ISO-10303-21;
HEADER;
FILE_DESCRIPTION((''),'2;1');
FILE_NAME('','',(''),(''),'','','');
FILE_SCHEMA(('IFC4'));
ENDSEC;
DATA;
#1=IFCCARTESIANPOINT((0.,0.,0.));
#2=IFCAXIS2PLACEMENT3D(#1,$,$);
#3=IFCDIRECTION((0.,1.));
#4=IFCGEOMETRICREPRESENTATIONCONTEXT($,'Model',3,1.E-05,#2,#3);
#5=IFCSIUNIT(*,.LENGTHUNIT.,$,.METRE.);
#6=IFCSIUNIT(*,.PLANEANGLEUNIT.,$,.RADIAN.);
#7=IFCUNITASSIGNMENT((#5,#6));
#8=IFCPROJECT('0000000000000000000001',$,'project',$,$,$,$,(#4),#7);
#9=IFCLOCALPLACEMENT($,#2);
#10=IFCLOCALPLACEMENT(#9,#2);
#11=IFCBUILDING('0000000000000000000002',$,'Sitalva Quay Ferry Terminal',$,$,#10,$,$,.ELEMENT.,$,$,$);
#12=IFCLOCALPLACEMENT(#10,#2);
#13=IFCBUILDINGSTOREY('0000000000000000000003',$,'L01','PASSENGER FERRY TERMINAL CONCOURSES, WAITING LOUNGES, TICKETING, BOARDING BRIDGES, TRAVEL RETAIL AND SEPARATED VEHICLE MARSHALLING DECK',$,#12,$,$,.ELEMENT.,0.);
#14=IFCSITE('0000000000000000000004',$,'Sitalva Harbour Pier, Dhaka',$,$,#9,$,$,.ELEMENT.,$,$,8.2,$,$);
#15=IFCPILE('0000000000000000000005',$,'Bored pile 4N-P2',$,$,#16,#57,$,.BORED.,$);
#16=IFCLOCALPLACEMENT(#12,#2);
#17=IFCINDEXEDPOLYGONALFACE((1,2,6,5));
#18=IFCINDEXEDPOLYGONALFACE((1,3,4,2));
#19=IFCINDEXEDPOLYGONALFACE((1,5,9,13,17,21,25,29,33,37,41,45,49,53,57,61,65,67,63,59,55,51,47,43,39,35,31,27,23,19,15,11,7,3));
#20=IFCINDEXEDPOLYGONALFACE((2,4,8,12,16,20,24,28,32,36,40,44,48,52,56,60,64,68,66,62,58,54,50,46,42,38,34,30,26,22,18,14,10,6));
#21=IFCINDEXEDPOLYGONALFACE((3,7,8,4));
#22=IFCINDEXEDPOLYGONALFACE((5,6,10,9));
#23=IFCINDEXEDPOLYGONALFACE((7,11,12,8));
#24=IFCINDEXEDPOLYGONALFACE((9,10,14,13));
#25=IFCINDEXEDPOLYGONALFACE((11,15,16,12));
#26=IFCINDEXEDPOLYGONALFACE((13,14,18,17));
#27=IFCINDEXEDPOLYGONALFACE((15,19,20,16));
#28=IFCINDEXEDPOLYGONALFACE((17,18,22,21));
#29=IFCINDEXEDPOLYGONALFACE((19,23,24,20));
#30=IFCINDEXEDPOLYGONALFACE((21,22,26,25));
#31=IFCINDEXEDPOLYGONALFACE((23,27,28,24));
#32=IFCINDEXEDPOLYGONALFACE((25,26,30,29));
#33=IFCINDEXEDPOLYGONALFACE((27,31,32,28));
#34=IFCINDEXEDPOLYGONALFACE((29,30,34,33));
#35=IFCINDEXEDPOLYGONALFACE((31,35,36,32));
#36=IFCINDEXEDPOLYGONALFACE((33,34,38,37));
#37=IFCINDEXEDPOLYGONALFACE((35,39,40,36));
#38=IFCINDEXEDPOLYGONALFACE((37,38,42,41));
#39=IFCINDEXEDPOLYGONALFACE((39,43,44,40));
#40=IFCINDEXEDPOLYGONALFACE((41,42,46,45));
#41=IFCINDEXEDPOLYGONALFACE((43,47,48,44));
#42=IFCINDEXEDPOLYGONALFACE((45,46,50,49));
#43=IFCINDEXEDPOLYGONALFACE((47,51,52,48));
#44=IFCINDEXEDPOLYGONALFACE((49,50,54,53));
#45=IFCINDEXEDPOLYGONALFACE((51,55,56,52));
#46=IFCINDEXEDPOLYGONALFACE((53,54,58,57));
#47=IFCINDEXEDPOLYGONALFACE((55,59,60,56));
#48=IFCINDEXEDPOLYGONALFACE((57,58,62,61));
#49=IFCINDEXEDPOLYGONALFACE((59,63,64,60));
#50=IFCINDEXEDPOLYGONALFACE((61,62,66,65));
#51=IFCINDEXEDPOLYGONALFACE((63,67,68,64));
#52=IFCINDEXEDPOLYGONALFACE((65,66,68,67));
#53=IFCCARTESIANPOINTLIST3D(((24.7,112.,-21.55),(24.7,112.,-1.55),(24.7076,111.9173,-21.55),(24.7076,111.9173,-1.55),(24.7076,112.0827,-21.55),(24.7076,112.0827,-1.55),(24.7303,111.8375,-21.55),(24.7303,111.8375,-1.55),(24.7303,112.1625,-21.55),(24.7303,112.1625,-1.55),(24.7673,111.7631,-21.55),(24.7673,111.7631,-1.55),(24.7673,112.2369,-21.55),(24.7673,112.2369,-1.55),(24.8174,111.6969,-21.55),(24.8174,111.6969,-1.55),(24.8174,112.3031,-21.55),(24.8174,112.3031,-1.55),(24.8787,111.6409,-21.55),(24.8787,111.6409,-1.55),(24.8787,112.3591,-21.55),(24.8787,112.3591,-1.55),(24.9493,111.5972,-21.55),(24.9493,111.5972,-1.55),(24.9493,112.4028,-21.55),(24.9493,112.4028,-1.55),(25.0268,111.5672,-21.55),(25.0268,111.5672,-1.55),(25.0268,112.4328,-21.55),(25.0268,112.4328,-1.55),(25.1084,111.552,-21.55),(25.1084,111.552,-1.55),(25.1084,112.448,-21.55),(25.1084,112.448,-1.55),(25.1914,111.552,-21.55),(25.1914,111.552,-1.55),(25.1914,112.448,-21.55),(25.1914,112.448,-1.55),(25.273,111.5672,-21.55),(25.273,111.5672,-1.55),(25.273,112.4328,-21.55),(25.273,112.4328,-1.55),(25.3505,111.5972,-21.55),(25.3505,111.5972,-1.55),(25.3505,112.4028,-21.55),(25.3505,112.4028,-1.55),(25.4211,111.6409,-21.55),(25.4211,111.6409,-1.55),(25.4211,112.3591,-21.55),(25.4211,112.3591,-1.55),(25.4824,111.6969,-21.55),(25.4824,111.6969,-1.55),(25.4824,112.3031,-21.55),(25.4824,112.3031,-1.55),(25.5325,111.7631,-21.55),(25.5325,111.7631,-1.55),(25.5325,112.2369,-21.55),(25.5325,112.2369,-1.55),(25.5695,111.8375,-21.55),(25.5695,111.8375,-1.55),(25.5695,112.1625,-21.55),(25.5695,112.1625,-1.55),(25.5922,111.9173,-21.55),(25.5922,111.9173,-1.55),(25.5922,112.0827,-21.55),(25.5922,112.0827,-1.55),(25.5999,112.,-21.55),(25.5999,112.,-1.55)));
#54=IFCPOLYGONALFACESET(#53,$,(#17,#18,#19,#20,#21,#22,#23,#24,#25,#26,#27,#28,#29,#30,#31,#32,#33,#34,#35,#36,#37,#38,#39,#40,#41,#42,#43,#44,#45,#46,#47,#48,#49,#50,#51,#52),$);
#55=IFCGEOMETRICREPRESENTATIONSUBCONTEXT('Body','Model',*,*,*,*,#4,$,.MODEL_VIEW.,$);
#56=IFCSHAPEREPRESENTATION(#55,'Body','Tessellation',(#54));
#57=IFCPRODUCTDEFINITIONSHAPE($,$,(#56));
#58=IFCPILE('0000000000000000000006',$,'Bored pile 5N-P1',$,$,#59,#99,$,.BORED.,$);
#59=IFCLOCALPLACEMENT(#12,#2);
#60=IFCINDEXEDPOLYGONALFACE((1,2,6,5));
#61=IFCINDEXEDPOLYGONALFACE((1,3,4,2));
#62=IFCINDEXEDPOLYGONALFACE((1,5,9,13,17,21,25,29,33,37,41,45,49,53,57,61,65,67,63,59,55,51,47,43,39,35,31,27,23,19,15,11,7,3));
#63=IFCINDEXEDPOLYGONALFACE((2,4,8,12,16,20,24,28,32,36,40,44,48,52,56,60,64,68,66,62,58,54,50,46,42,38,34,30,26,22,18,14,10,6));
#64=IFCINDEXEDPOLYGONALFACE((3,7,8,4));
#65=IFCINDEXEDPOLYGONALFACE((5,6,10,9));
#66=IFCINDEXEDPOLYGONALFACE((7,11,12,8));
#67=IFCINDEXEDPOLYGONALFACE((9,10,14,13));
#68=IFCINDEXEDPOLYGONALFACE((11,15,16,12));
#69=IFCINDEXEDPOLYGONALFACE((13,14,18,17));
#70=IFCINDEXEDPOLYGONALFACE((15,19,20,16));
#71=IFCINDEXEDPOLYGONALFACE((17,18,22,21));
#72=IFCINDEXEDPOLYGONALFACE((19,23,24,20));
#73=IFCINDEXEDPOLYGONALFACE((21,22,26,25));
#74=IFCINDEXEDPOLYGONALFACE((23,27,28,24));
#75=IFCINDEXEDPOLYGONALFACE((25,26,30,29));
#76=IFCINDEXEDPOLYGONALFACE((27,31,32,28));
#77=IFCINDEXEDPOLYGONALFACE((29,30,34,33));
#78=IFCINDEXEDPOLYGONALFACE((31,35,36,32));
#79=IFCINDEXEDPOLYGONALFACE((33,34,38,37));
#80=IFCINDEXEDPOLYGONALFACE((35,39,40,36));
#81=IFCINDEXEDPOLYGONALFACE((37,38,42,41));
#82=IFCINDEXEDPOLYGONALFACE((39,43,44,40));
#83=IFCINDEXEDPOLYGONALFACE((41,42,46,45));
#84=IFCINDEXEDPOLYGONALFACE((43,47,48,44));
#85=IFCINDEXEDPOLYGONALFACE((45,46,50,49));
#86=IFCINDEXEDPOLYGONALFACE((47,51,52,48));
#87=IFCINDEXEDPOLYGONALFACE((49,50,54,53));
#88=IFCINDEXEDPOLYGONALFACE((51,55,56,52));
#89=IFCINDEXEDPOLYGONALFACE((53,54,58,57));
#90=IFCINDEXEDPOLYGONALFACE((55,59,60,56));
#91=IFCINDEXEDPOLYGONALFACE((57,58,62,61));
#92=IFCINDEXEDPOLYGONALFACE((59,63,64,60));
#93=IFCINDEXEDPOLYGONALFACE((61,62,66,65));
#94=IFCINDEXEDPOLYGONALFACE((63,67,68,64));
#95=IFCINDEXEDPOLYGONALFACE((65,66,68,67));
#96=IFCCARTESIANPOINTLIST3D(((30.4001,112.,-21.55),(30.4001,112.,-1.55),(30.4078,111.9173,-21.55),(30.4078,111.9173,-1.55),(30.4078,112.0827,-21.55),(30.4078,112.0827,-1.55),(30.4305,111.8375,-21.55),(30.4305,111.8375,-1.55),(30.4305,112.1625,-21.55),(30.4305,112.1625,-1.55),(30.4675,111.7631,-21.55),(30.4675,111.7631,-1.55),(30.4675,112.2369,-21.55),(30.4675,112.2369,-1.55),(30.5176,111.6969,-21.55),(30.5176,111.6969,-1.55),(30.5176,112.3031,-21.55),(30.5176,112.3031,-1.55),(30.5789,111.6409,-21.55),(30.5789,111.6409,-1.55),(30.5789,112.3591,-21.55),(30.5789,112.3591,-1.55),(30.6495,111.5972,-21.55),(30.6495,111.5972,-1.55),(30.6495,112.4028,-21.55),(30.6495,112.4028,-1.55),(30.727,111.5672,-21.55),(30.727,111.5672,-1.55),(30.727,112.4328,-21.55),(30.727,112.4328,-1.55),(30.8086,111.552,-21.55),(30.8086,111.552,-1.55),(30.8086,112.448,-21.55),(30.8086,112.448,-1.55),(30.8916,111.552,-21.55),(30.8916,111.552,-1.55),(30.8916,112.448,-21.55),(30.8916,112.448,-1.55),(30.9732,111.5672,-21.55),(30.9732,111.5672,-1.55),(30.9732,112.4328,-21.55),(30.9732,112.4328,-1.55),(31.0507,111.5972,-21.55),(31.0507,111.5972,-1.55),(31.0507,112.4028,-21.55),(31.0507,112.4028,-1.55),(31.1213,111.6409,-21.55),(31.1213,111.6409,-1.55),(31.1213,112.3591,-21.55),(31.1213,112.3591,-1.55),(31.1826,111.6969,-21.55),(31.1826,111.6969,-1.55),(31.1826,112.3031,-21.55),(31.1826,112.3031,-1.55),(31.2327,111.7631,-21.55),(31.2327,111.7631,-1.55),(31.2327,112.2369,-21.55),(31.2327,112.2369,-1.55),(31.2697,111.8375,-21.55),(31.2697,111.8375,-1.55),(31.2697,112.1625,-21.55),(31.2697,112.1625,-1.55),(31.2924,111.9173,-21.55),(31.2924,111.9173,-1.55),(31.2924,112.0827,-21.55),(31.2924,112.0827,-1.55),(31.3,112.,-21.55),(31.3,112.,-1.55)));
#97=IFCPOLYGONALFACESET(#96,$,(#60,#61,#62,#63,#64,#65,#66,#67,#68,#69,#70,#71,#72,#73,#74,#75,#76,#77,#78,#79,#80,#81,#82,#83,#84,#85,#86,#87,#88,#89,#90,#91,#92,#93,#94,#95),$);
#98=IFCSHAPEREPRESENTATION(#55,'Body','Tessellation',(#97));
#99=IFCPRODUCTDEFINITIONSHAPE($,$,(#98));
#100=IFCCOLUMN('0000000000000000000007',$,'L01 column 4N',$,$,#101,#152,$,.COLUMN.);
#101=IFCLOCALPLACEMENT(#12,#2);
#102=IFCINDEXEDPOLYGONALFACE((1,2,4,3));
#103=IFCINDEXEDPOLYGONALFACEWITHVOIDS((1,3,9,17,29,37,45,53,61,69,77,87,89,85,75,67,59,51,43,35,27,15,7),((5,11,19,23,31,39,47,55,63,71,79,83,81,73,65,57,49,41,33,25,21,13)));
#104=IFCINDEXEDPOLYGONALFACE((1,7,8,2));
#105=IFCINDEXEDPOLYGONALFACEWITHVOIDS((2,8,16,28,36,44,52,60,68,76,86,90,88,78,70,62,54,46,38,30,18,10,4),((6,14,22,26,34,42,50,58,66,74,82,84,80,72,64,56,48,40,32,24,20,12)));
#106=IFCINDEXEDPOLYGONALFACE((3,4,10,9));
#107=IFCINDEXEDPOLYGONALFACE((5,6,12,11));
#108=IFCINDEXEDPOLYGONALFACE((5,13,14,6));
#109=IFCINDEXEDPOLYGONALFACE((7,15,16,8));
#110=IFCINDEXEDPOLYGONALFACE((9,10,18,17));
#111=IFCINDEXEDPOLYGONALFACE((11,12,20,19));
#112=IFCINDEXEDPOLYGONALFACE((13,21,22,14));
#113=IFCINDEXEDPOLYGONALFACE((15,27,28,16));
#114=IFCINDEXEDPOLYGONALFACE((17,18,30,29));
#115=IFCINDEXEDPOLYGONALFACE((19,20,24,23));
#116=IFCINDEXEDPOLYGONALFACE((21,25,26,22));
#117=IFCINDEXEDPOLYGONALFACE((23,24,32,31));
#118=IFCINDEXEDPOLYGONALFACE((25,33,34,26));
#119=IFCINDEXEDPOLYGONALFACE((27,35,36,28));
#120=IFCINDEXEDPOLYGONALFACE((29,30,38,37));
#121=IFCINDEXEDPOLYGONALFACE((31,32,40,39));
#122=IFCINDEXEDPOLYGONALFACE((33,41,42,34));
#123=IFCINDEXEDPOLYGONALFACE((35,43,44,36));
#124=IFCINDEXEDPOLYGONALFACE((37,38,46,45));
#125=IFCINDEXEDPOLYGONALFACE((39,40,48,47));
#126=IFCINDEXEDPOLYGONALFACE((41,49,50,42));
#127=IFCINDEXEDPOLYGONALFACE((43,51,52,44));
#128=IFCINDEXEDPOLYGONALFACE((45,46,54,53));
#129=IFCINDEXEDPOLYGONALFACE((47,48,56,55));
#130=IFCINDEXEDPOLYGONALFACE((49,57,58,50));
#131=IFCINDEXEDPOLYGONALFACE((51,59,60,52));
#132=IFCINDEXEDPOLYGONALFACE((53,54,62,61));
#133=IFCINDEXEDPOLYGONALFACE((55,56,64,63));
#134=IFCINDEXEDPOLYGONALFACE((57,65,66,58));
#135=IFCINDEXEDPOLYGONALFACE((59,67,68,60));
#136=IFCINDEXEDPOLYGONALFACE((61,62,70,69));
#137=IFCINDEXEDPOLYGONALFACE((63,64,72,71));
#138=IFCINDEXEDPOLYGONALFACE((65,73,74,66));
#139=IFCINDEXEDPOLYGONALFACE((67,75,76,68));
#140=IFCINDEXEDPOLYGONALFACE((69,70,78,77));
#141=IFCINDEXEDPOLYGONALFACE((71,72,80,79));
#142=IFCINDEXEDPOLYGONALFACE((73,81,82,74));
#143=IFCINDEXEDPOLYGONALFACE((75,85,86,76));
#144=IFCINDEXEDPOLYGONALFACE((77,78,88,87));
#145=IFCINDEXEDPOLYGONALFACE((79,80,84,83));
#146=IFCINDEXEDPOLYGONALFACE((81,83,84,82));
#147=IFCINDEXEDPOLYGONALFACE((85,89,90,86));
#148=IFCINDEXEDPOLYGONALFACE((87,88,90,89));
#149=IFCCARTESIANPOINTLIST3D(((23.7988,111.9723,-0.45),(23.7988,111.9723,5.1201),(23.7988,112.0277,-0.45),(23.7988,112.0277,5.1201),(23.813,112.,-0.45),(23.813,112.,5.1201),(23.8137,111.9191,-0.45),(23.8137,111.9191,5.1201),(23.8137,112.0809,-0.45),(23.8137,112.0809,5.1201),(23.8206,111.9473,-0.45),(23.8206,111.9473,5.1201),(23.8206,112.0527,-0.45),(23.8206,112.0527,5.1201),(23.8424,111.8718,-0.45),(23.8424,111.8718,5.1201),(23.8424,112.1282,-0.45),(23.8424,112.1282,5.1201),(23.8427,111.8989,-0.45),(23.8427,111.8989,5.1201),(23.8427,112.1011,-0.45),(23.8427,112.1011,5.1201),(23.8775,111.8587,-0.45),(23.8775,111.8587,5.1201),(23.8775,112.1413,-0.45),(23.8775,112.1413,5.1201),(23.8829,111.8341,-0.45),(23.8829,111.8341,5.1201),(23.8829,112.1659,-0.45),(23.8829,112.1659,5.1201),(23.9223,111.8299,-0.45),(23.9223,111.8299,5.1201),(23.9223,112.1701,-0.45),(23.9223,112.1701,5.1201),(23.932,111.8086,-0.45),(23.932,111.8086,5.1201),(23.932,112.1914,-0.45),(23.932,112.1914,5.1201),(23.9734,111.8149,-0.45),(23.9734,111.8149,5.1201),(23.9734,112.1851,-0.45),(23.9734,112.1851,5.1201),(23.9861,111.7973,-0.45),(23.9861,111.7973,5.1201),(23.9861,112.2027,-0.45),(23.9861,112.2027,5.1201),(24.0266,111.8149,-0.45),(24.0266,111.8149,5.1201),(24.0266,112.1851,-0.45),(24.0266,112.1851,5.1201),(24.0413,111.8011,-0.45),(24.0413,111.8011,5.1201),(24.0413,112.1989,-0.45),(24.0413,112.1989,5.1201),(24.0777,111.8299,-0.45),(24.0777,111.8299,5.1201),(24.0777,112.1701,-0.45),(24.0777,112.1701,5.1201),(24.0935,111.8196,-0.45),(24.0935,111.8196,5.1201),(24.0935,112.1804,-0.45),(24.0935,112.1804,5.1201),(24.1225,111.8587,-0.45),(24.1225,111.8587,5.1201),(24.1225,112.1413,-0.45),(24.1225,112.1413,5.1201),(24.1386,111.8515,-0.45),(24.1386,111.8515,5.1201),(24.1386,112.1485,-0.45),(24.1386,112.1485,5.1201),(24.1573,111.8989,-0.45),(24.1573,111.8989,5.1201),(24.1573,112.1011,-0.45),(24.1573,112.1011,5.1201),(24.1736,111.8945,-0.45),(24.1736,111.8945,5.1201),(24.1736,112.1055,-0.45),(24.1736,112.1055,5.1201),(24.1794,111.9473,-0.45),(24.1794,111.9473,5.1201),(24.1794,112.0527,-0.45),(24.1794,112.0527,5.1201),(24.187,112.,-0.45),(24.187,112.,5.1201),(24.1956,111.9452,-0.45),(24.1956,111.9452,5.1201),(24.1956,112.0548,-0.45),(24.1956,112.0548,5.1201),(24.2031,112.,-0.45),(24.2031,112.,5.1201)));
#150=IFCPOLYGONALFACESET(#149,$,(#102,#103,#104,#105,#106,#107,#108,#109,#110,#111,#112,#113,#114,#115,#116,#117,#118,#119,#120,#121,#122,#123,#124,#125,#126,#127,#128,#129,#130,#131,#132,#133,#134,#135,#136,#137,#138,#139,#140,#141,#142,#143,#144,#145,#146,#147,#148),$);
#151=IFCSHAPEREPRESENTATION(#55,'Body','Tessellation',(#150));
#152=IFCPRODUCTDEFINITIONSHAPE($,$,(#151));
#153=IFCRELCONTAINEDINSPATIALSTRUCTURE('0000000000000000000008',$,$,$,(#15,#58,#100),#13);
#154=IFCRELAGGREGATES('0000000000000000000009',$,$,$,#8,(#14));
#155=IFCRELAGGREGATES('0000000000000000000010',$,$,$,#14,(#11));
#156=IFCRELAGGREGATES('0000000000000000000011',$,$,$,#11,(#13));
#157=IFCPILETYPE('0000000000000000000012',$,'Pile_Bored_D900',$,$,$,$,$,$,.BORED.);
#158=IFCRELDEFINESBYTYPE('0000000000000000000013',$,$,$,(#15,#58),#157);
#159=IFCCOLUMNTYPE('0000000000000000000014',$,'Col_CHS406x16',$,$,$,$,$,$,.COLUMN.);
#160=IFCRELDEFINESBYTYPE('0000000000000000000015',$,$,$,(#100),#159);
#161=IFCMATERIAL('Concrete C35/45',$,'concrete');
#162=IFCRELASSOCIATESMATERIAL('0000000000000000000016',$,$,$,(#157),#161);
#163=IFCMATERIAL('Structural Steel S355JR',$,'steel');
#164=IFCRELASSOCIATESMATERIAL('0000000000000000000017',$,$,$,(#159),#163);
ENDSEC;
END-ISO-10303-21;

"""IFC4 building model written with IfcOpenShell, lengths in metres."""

from ifc_helpers import new_model, si_unit, direction, frame, origin, origin_2d, place, context, subcontext, project, spatial, circle, hollow_circle, extrude, material, material_profile, profile_set, type_object, element, save


model = new_model("IFC4")

# Units and contexts
model_context = context("Model", 3, precision=1e-05, world=origin(), true_north=direction((0.0, 1.0)))
body_context = subcontext(model_context, "Body", "Model", "MODEL_VIEW")
ifc_project = project(units=[si_unit("LENGTHUNIT", "METRE"), si_unit("PLANEANGLEUNIT", "RADIAN")], contexts=[model_context])

# Site, building, storey
site_placement = place(None, origin())
site = spatial("IfcSite", under=ifc_project, at=site_placement, Name="Sitalva Harbour Pier, Dhaka", CompositionType="ELEMENT", RefElevation=8.2)
building_placement = place(site_placement, origin())
building = spatial("IfcBuilding", under=site, at=building_placement, Name="Sitalva Quay Ferry Terminal", CompositionType="ELEMENT")
storey_placement = place(building_placement, origin())
storey = spatial("IfcBuildingStorey", under=building, at=storey_placement, Name="L01", Description="PASSENGER FERRY TERMINAL CONCOURSES, WAITING LOUNGES, TICKETING, BOARDING BRIDGES, TRAVEL RETAIL AND SEPARATED VEHICLE MARSHALLING DECK", CompositionType="ELEMENT", Elevation=0.0)

# Piles
ifc_material_1 = material(Name="Concrete C35/45", Category="concrete")
ifc_material_profile_1 = material_profile(ifc_material_1, circle(Radius=0.45, at=origin_2d()), Name="PILE-D900")
ifc_profile_set_1 = profile_set([ifc_material_profile_1], Name="Concrete C35/45")
pile_type = type_object("IfcPileType", Name="Pile_Bored_D900", PredefinedType="BORED", material=ifc_profile_set_1)
for number, where, z_axis, x_axis, name in (
    (1, (25.1499, 112.0, -1.55), (0.0, 0.0, -1.0), (1.0, 0.0, 0.0), "Bored pile 4N-P2"),
    (2, (30.8501, 112.0, -1.55), (0.0, 0.0, -1.0), (1.0, 0.0, 0.0), "Bored pile 5N-P1"),
):
    element("IfcPile", number, at=place(storey_placement, frame(where, z_axis=z_axis, x_axis=x_axis)), inside=storey, type_object=pile_type, Name=name, PredefinedType="BORED", context=body_context, shape_type="SweptSolid", body=[
        extrude(circle(Radius=0.45, at=origin_2d()), origin(), (0.0, 0.0, 1.0), 20.0),
    ])

# Column
ifc_material_2 = material(Name="Structural Steel S355JR", Category="steel")
ifc_material_profile_2 = material_profile(ifc_material_2, hollow_circle(Radius=0.2031, WallThickness=0.0161, at=origin_2d()), Name="CHS406x16")
ifc_profile_set_2 = profile_set([ifc_material_profile_2], Name="Structural Steel S355JR")
column_type_1 = type_object("IfcColumnType", Name="Col_CHS406x16", PredefinedType="COLUMN", material=ifc_profile_set_2)
column_1_placement = place(storey_placement, frame((24.0, 112.0, -0.45), z_axis=(0.0, 0.0, 1.0), x_axis=(1.0, 0.0, 0.0)))
element("IfcColumn", 3, at=column_1_placement, inside=storey, type_object=column_type_1, Name="L01 column 4N", PredefinedType="COLUMN", context=body_context, shape_type="SweptSolid", body=[
    extrude(hollow_circle(Radius=0.2031, WallThickness=0.0161, at=origin_2d()), origin(), (0.0, 0.0, 1.0), 5.5701),
])

save(model, "model.ifc")
